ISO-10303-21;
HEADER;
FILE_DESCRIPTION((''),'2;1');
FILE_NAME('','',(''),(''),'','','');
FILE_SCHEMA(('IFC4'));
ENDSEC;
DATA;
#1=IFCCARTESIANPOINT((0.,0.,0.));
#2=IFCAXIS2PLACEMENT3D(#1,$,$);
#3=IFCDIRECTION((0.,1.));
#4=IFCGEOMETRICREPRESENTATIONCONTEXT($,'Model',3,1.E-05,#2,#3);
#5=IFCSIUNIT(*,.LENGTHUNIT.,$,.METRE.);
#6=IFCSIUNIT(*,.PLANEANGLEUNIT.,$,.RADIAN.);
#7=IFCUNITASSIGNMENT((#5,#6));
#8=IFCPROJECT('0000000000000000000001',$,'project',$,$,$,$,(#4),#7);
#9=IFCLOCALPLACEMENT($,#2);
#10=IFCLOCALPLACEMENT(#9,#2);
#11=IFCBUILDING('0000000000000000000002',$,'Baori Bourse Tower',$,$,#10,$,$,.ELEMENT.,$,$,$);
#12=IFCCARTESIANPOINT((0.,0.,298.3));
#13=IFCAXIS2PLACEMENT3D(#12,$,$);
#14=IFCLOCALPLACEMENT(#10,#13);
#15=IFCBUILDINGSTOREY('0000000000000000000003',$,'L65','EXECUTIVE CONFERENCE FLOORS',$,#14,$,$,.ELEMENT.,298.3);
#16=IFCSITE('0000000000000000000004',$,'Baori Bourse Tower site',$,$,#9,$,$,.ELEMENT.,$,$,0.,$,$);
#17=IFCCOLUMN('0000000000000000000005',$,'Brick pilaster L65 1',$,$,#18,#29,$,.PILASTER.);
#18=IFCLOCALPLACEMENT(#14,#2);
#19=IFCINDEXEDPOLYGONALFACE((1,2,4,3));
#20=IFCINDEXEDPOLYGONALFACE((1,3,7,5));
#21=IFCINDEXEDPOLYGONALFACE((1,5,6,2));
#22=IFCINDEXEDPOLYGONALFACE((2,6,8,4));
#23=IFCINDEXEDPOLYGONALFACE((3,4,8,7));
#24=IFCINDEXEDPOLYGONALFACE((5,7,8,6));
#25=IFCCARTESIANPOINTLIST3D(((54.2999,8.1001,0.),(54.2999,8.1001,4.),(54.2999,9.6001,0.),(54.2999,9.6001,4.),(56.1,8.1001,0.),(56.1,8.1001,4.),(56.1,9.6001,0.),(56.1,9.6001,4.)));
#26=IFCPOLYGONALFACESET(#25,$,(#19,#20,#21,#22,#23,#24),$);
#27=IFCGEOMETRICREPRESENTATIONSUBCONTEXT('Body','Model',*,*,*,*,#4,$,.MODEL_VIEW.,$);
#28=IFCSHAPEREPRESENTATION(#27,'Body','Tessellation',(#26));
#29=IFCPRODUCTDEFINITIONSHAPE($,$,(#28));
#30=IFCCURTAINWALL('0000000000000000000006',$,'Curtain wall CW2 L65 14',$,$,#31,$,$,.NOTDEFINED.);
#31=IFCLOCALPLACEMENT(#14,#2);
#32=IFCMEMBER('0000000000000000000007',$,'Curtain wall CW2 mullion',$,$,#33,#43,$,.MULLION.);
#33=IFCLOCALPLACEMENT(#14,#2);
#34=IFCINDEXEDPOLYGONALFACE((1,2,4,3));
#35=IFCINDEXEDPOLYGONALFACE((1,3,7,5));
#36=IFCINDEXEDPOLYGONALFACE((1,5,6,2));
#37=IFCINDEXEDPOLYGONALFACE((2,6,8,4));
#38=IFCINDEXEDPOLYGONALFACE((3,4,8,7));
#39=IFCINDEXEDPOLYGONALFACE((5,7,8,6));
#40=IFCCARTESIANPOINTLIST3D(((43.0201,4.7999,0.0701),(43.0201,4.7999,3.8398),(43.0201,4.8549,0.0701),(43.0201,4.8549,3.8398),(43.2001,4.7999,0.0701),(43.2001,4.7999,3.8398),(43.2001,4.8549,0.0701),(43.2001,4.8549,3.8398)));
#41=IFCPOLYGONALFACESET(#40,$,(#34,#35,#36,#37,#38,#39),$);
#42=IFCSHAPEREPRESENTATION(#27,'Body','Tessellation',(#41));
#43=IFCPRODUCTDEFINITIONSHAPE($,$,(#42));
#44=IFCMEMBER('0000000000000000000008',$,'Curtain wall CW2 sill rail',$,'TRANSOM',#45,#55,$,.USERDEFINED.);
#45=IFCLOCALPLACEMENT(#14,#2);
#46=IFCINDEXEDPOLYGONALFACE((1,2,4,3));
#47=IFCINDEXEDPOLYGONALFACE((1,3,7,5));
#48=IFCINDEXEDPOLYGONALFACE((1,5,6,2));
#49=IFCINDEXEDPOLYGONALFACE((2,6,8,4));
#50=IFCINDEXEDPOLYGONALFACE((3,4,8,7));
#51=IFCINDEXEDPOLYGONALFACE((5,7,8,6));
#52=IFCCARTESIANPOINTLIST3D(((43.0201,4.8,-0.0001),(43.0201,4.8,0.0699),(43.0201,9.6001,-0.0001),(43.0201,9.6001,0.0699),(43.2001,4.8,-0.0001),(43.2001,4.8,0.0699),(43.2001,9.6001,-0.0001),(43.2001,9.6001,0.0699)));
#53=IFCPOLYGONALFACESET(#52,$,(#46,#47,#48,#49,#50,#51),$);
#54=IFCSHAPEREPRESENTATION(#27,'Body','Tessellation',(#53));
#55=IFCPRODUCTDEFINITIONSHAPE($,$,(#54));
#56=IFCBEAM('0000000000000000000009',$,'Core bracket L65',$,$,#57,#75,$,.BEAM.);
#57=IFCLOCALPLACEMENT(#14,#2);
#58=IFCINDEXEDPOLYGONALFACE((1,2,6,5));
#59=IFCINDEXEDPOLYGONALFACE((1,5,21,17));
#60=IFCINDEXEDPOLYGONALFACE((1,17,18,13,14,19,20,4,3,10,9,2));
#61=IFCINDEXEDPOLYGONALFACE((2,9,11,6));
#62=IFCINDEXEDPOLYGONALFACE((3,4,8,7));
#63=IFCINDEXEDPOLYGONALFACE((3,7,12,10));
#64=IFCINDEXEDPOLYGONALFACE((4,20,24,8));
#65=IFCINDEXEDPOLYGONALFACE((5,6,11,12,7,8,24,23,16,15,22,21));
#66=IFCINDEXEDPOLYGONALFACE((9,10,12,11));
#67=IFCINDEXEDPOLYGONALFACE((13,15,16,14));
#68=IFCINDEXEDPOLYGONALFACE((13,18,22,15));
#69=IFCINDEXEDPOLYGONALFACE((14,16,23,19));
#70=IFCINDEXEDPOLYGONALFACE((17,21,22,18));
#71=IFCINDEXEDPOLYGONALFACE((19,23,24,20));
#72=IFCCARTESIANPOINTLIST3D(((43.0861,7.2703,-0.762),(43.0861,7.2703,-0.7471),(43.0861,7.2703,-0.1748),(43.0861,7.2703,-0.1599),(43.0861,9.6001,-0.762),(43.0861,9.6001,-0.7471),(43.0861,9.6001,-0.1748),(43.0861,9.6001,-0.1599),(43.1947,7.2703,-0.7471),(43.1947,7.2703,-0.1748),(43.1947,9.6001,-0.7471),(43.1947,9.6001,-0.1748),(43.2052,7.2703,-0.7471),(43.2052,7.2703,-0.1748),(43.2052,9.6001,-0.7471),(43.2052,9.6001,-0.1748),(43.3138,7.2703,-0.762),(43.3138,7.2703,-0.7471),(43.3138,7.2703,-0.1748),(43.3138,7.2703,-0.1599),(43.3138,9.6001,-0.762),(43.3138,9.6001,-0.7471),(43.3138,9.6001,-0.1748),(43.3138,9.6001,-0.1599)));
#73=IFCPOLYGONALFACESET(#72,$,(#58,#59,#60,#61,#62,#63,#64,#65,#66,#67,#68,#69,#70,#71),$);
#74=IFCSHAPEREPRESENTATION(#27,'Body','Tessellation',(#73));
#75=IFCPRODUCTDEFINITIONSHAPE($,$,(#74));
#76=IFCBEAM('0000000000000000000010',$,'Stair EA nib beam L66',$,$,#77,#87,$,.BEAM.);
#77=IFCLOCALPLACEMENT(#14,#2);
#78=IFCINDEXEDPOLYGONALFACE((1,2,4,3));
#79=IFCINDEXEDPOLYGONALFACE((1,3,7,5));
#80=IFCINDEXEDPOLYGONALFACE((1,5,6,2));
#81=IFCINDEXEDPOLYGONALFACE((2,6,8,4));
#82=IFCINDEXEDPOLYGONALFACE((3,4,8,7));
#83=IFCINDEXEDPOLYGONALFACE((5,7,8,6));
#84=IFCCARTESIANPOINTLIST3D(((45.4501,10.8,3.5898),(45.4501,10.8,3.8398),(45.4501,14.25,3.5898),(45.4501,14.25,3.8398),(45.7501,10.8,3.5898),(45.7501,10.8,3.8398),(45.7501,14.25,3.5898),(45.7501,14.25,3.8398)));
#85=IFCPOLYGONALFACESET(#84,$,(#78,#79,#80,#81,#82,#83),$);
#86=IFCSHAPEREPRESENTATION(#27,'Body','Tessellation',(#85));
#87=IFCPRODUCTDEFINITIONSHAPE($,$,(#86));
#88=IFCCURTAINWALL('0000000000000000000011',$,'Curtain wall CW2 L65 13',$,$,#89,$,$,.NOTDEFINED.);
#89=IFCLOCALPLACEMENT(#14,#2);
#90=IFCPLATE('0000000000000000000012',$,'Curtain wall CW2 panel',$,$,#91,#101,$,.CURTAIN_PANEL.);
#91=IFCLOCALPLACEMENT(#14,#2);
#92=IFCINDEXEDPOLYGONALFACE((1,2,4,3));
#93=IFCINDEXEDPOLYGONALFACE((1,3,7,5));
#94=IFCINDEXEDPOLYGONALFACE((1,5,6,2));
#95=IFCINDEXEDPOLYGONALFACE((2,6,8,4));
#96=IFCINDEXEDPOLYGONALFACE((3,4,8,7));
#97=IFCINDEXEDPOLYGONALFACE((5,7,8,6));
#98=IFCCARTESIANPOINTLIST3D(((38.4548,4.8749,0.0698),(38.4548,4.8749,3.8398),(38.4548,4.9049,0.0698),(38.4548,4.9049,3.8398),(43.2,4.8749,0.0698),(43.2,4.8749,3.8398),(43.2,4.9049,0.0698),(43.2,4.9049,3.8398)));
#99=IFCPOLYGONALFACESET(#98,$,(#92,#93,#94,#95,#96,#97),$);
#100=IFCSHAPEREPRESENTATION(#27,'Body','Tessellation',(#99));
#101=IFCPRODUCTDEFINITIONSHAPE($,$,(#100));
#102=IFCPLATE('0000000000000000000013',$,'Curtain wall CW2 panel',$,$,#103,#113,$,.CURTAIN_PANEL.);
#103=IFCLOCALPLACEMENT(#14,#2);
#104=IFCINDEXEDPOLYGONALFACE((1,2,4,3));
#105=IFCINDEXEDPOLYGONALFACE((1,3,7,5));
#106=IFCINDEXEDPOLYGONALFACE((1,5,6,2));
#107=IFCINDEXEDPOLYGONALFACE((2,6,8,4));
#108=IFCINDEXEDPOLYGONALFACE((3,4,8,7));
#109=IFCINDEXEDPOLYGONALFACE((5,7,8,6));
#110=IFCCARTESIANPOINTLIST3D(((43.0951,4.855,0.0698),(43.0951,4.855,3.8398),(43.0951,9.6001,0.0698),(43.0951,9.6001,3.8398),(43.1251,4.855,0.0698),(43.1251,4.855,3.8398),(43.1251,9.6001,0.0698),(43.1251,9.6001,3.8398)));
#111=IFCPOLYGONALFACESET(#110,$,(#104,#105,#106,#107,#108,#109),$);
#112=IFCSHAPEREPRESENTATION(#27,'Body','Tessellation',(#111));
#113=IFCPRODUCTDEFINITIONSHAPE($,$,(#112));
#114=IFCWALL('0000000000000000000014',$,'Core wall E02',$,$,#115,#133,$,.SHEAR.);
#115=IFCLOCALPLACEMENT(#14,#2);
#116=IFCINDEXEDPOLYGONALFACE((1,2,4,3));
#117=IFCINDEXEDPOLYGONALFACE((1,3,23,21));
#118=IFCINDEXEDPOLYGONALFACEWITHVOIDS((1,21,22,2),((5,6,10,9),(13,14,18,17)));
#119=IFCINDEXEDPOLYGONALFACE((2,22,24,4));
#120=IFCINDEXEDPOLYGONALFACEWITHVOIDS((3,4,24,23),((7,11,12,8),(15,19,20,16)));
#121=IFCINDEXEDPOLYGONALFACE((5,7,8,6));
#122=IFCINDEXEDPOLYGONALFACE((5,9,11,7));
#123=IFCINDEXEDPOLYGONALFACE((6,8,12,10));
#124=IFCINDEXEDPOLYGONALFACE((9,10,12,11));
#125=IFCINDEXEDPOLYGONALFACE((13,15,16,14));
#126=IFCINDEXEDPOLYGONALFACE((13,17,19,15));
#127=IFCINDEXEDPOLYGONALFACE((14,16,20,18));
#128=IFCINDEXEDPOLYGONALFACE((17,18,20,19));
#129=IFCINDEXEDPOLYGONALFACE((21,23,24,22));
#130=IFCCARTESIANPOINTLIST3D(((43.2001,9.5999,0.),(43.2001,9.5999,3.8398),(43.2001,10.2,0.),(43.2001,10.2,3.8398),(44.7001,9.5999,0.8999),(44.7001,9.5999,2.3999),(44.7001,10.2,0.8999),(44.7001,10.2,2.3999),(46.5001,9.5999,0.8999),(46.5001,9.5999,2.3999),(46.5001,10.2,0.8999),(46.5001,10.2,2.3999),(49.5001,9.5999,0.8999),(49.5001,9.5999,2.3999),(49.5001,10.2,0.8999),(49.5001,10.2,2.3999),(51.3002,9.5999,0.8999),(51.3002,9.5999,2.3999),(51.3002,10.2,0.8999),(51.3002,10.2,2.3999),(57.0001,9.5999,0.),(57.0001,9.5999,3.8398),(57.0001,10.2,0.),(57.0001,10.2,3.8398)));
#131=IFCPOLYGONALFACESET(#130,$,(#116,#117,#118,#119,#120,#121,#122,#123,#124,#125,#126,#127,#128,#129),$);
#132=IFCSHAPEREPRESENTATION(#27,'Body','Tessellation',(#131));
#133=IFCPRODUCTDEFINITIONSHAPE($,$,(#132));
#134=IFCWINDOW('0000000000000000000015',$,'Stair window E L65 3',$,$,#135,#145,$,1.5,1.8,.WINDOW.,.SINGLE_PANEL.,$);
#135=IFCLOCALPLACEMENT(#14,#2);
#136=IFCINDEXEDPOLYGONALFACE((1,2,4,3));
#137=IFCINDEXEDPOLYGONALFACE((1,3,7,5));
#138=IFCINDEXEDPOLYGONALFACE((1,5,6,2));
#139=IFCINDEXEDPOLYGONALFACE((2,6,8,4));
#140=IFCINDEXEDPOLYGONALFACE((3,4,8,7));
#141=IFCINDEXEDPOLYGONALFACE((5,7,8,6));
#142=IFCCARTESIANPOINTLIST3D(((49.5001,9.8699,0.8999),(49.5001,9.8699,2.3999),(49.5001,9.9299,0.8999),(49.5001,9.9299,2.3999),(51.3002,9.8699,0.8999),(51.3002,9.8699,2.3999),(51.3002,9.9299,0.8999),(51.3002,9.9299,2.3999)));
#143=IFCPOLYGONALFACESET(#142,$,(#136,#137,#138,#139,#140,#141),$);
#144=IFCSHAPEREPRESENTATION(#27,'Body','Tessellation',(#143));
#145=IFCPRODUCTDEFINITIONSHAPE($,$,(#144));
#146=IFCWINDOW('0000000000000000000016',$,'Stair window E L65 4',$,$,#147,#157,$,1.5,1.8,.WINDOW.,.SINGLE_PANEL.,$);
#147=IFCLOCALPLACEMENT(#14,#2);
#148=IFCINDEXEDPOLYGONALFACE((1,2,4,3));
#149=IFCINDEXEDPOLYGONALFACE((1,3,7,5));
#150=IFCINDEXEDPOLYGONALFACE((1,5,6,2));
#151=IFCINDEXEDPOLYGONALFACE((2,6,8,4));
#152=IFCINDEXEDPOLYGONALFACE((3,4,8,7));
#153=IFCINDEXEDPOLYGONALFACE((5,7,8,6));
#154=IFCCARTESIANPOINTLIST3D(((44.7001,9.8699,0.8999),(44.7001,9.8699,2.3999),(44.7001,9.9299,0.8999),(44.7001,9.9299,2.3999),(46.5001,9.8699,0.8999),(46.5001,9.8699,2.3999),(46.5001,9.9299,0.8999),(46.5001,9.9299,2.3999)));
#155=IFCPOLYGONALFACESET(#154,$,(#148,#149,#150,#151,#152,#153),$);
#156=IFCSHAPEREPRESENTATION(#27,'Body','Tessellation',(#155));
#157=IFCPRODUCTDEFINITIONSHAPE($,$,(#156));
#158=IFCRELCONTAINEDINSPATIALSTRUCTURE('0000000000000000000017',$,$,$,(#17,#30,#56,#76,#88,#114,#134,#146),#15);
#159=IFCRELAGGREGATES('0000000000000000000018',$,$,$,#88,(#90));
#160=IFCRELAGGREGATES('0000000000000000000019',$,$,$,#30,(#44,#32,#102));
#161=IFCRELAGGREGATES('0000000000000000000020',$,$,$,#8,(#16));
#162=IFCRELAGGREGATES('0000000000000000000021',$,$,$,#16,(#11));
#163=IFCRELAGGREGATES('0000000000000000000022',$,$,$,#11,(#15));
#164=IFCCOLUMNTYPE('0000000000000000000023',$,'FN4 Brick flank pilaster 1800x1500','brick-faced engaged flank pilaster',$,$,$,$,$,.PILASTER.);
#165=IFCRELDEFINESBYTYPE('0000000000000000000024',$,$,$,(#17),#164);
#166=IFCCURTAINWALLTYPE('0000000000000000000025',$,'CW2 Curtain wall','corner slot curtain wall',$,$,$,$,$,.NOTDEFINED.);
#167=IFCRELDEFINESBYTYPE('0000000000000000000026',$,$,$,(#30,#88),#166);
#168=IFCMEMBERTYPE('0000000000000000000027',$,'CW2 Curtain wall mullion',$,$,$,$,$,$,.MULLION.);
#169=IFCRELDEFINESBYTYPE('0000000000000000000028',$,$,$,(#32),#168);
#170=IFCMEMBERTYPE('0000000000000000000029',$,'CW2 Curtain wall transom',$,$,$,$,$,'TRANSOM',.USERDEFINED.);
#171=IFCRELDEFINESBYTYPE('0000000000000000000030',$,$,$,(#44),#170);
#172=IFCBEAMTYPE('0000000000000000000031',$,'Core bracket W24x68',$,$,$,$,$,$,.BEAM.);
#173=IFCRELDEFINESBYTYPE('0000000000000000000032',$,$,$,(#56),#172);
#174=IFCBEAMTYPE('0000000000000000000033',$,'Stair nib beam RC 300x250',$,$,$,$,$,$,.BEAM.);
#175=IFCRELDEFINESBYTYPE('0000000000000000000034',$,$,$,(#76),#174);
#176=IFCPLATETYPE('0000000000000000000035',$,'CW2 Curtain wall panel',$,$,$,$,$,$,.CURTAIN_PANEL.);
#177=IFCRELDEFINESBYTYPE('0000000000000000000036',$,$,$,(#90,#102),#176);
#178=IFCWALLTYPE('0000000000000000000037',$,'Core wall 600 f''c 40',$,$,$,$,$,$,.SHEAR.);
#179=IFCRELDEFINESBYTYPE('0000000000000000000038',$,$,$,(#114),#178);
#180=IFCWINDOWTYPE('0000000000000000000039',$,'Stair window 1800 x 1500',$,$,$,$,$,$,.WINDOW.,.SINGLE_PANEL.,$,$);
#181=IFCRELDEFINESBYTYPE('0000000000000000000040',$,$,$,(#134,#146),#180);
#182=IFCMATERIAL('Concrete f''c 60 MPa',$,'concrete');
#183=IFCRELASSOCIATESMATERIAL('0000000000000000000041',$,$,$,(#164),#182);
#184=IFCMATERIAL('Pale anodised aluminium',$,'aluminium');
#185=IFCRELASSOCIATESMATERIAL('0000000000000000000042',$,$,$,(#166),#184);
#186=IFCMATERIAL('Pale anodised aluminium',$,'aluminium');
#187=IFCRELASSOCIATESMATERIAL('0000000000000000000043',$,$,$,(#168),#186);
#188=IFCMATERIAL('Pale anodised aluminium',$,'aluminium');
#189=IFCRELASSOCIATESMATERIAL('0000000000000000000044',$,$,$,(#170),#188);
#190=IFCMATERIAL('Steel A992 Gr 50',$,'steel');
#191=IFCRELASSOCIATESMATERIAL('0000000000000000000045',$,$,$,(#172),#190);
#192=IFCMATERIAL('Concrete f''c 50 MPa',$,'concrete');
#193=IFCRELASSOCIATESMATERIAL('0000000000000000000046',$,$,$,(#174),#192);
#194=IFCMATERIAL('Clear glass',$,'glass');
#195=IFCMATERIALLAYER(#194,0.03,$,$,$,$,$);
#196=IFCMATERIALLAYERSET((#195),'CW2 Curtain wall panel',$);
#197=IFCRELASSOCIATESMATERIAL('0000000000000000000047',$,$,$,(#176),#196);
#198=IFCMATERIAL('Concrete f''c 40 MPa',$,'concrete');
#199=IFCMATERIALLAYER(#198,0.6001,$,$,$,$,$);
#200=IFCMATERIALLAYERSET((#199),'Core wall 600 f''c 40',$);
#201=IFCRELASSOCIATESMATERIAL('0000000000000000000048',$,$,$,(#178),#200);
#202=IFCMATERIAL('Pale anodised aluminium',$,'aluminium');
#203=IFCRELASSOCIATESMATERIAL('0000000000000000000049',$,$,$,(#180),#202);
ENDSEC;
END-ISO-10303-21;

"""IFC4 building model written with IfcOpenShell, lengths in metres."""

from ifc_helpers import new_model, si_unit, direction, frame, frame_2d, origin, origin_2d, place, context, subcontext, project, spatial, rectangle, i_section, extrude, material, layer, layer_set, material_profile, profile_set, type_object, element, fill, aggregate, save


model = new_model("IFC4")

# Units and contexts
model_context = context("Model", 3, precision=1e-05, world=origin(), true_north=direction((0.0, 1.0)))
body_context = subcontext(model_context, "Body", "Model", "MODEL_VIEW")
ifc_project = project(units=[si_unit("LENGTHUNIT", "METRE"), si_unit("PLANEANGLEUNIT", "RADIAN")], contexts=[model_context])

# Site, building, storey
site_placement = place(None, origin())
site = spatial("IfcSite", under=ifc_project, at=site_placement, Name="Baori Bourse Tower site", CompositionType="ELEMENT", RefElevation=0.0)
building_placement = place(site_placement, origin())
building = spatial("IfcBuilding", under=site, at=building_placement, Name="Baori Bourse Tower", CompositionType="ELEMENT")
storey_placement = place(building_placement, frame((0.0, 0.0, 298.3)))
storey = spatial("IfcBuildingStorey", under=building, at=storey_placement, Name="L65", Description="EXECUTIVE CONFERENCE FLOORS", CompositionType="ELEMENT", Elevation=298.3)

# Column
ifc_material_1 = material(Name="Concrete f'c 60 MPa", Category="concrete")
ifc_material_profile_1 = material_profile(ifc_material_1, rectangle(XDim=1.8, YDim=1.5, at=origin_2d()), Name="RC 1800x1500")
ifc_profile_set_1 = profile_set([ifc_material_profile_1], Name="Concrete f'c 60 MPa")
column_type = type_object("IfcColumnType", Name="FN4 Brick flank pilaster 1800x1500", Description="brick-faced engaged flank pilaster", PredefinedType="PILASTER", material=ifc_profile_set_1)
column_placement = place(storey_placement, frame((55.2, 8.8501, 0.0), z_axis=(0.0, 0.0, 1.0), x_axis=(1.0, 0.0, 0.0)))
element("IfcColumn", 1, at=column_placement, inside=storey, type_object=column_type, Name="Brick pilaster L65 1", PredefinedType="PILASTER", context=body_context, shape_type="SweptSolid", body=[
    extrude(rectangle(XDim=1.8, YDim=1.5, at=origin_2d()), origin(), (0.0, 0.0, 1.0), 4.0),
])

# Curtain wall, members
ifc_material_2 = material(Name="Pale anodised aluminium", Category="aluminium")
curtain_wall_type = type_object("IfcCurtainWallType", Name="CW2 Curtain wall", Description="corner slot curtain wall", PredefinedType="NOTDEFINED", material=ifc_material_2)
curtain_wall_1_placement = place(storey_placement, origin())
curtain_wall_1 = element("IfcCurtainWall", 2, at=curtain_wall_1_placement, inside=storey, type_object=curtain_wall_type, Name="Curtain wall CW2 L65 14", PredefinedType="NOTDEFINED")
ifc_material_3 = material(Name="Pale anodised aluminium", Category="aluminium")
ifc_material_profile_2 = material_profile(ifc_material_3, rectangle(XDim=0.1799, YDim=0.0549, at=origin_2d()), Name="Mullion 55x180")
ifc_profile_set_2 = profile_set([ifc_material_profile_2], Name="Pale anodised aluminium")
member_type_1 = type_object("IfcMemberType", Name="CW2 Curtain wall mullion", PredefinedType="MULLION", material=ifc_profile_set_2)
member_1_placement = place(storey_placement, frame((43.1101, 4.8274, 0.0701), z_axis=(0.0, 0.0, 1.0), x_axis=(-1.0, 0.0, 0.0)))
member_1 = element("IfcMember", 3, at=member_1_placement, type_object=member_type_1, Name="Curtain wall CW2 mullion", PredefinedType="MULLION", context=body_context, shape_type="SweptSolid", body=[
    extrude(rectangle(XDim=0.1799, YDim=0.0549, at=origin_2d()), origin(), (0.0, 0.0, 1.0), 3.7698),
])
ifc_material_4 = material(Name="Pale anodised aluminium", Category="aluminium")
ifc_material_profile_3 = material_profile(ifc_material_4, rectangle(XDim=0.1799, YDim=0.0701, at=origin_2d()), Name="Transom 70x180")
ifc_profile_set_3 = profile_set([ifc_material_profile_3], Name="Pale anodised aluminium")
member_type_2 = type_object("IfcMemberType", Name="CW2 Curtain wall transom", ElementType="TRANSOM", PredefinedType="USERDEFINED", material=ifc_profile_set_3)
member_2_placement = place(storey_placement, frame((43.1101, 4.8, 0.0349), z_axis=(0.0, 1.0, 0.0), x_axis=(-1.0, 0.0, 0.0)))
member_2 = element("IfcMember", 4, at=member_2_placement, type_object=member_type_2, Name="Curtain wall CW2 sill rail", ObjectType="TRANSOM", PredefinedType="USERDEFINED", context=body_context, shape_type="SweptSolid", body=[
    extrude(rectangle(XDim=0.1799, YDim=0.0701, at=origin_2d()), origin(), (0.0, 0.0, 1.0), 4.8),
])

# Beams
ifc_material_5 = material(Name="Steel A992 Gr 50", Category="steel")
ifc_material_profile_4 = material_profile(ifc_material_5, i_section(OverallWidth=0.2278, OverallDepth=0.6021, WebThickness=0.0105, FlangeThickness=0.0149, at=origin_2d()), Name="W24x68")
ifc_profile_set_4 = profile_set([ifc_material_profile_4], Name="Steel A992 Gr 50")
beam_type_1 = type_object("IfcBeamType", Name="Core bracket W24x68", PredefinedType="BEAM", material=ifc_profile_set_4)
beam_1_placement = place(storey_placement, frame((43.2, 7.2703, -0.4609), z_axis=(0.0, 1.0, 0.0), x_axis=(-1.0, 0.0, 0.0)))
element("IfcBeam", 5, at=beam_1_placement, inside=storey, type_object=beam_type_1, Name="Core bracket L65", PredefinedType="BEAM", context=body_context, shape_type="SweptSolid", body=[
    extrude(i_section(OverallWidth=0.2278, OverallDepth=0.6021, WebThickness=0.0105, FlangeThickness=0.0149, at=origin_2d()), origin(), (0.0, 0.0, 1.0), 2.3298),
])
ifc_material_6 = material(Name="Concrete f'c 50 MPa", Category="concrete")
ifc_material_profile_5 = material_profile(ifc_material_6, rectangle(XDim=0.3, YDim=0.25, at=origin_2d()), Name="RC 300x250")
ifc_profile_set_5 = profile_set([ifc_material_profile_5], Name="Concrete f'c 50 MPa")
beam_type_2 = type_object("IfcBeamType", Name="Stair nib beam RC 300x250", PredefinedType="BEAM", material=ifc_profile_set_5)
beam_2_placement = place(storey_placement, frame((45.6001, 10.8, 3.7148), z_axis=(0.0, 1.0, 0.0), x_axis=(-1.0, 0.0, 0.0)))
element("IfcBeam", 6, at=beam_2_placement, inside=storey, type_object=beam_type_2, Name="Stair EA nib beam L66", PredefinedType="BEAM", context=body_context, shape_type="SweptSolid", body=[
    extrude(rectangle(XDim=0.3, YDim=0.25, at=origin_2d()), origin(), (0.0, 0.0, 1.0), 3.45),
])

# Curtain wall, plate
curtain_wall_2_placement = place(storey_placement, origin())
curtain_wall_2 = element("IfcCurtainWall", 7, at=curtain_wall_2_placement, inside=storey, type_object=curtain_wall_type, Name="Curtain wall CW2 L65 13", PredefinedType="NOTDEFINED")
ifc_material_7 = material(Name="Clear glass", Category="glass")
ifc_layer_1 = layer(ifc_material_7, 0.03)
ifc_layer_set_1 = layer_set([ifc_layer_1], Name="CW2 Curtain wall panel")
plate_type = type_object("IfcPlateType", Name="CW2 Curtain wall panel", PredefinedType="CURTAIN_PANEL", material=ifc_layer_set_1)
plate_1_placement = place(storey_placement, frame((40.8274, 4.8899, 0.0698), z_axis=(0.0, 0.0, 1.0), x_axis=(1.0, 0.0, 0.0)))
plate_1 = element("IfcPlate", 8, at=plate_1_placement, type_object=plate_type, Name="Curtain wall CW2 panel", PredefinedType="CURTAIN_PANEL", context=body_context, shape_type="SweptSolid", body=[
    extrude(rectangle(XDim=4.7451, YDim=0.03, at=origin_2d()), origin(), (0.0, 0.0, 1.0), 3.77),
])
aggregate(curtain_wall_2, [plate_1])

# Plate
plate_2_placement = place(storey_placement, frame((43.1101, 7.2275, 0.0698), z_axis=(0.0, 0.0, 1.0), x_axis=(0.0, 1.0, 0.0)))
plate_2 = element("IfcPlate", 9, at=plate_2_placement, type_object=plate_type, Name="Curtain wall CW2 panel", PredefinedType="CURTAIN_PANEL", context=body_context, shape_type="SweptSolid", body=[
    extrude(rectangle(XDim=4.7451, YDim=0.03, at=origin_2d()), origin(), (0.0, 0.0, 1.0), 3.77),
])
aggregate(curtain_wall_1, [member_2, member_1, plate_2])

# Wall, openings, windows
ifc_material_8 = material(Name="Concrete f'c 40 MPa", Category="concrete")
ifc_layer_2 = layer(ifc_material_8, 0.6001)
ifc_layer_set_2 = layer_set([ifc_layer_2], Name="Core wall 600 f'c 40")
wall_type_1 = type_object("IfcWallType", Name="Core wall 600 f'c 40", PredefinedType="SHEAR", material=ifc_layer_set_2)
wall_1_placement = place(storey_placement, frame((57.0, 9.8999, 0.0), z_axis=(0.0, 0.0, 1.0), x_axis=(-1.0, 0.0, 0.0)))
wall_1 = element("IfcWall", 10, at=wall_1_placement, inside=storey, type_object=wall_type_1, Name="Core wall E02", PredefinedType="SHEAR", context=body_context, shape_type="SweptSolid", body=[
    extrude(rectangle(XDim=13.8, YDim=0.6001, at=frame_2d((6.8999, 0.0))), origin(), (0.0, 0.0, 1.0), 3.8398),
])
opening_1_placement = place(wall_1_placement, frame((5.7, 0.0, 0.8999)))
opening_1 = element("IfcOpeningElement", 11, at=opening_1_placement, cuts=wall_1, PredefinedType="OPENING", context=body_context, shape_type="SweptSolid", body=[
    extrude(rectangle(XDim=1.8, YDim=1.5, at=frame_2d((0.8999, 0.75))), frame((0.0, 0.3101, 0.0), z_axis=(0.0, -1.0, 0.0), x_axis=(1.0, 0.0, 0.0)), (0.0, 0.0, 1.0), 0.6201),
])
opening_2_placement = place(wall_1_placement, frame((10.5, 0.0, 0.8999)))
opening_2 = element("IfcOpeningElement", 12, at=opening_2_placement, cuts=wall_1, PredefinedType="OPENING", context=body_context, shape_type="SweptSolid", body=[
    extrude(rectangle(XDim=1.8, YDim=1.5, at=frame_2d((0.8999, 0.75))), frame((0.0, 0.3101, 0.0), z_axis=(0.0, -1.0, 0.0), x_axis=(1.0, 0.0, 0.0)), (0.0, 0.0, 1.0), 0.6201),
])
ifc_material_9 = material(Name="Pale anodised aluminium", Category="aluminium")
window_type = type_object("IfcWindowType", Name="Stair window 1800 x 1500", PartitioningType="SINGLE_PANEL", PredefinedType="WINDOW", material=ifc_material_9)
window_1_placement = place(opening_1_placement, origin())
window_1 = element("IfcWindow", 13, at=window_1_placement, inside=storey, type_object=window_type, Name="Stair window E L65 3", OverallHeight=1.5, OverallWidth=1.8, PartitioningType="SINGLE_PANEL", PredefinedType="WINDOW", context=body_context, shape_type="SweptSolid", body=[
    extrude(rectangle(XDim=1.8, YDim=1.5, at=frame_2d((0.8999, 0.75))), frame((0.0, 0.03, 0.0), z_axis=(0.0, -1.0, 0.0), x_axis=(1.0, 0.0, 0.0)), (0.0, 0.0, 1.0), 0.0601),
])
fill(opening_1, window_1)
window_2_placement = place(opening_2_placement, origin())
window_2 = element("IfcWindow", 14, at=window_2_placement, inside=storey, type_object=window_type, Name="Stair window E L65 4", OverallHeight=1.5, OverallWidth=1.8, PartitioningType="SINGLE_PANEL", PredefinedType="WINDOW", context=body_context, shape_type="SweptSolid", body=[
    extrude(rectangle(XDim=1.8, YDim=1.5, at=frame_2d((0.8999, 0.75))), frame((0.0, 0.03, 0.0), z_axis=(0.0, -1.0, 0.0), x_axis=(1.0, 0.0, 0.0)), (0.0, 0.0, 1.0), 0.0601),
])
fill(opening_2, window_2)

save(model, "model.ifc")
